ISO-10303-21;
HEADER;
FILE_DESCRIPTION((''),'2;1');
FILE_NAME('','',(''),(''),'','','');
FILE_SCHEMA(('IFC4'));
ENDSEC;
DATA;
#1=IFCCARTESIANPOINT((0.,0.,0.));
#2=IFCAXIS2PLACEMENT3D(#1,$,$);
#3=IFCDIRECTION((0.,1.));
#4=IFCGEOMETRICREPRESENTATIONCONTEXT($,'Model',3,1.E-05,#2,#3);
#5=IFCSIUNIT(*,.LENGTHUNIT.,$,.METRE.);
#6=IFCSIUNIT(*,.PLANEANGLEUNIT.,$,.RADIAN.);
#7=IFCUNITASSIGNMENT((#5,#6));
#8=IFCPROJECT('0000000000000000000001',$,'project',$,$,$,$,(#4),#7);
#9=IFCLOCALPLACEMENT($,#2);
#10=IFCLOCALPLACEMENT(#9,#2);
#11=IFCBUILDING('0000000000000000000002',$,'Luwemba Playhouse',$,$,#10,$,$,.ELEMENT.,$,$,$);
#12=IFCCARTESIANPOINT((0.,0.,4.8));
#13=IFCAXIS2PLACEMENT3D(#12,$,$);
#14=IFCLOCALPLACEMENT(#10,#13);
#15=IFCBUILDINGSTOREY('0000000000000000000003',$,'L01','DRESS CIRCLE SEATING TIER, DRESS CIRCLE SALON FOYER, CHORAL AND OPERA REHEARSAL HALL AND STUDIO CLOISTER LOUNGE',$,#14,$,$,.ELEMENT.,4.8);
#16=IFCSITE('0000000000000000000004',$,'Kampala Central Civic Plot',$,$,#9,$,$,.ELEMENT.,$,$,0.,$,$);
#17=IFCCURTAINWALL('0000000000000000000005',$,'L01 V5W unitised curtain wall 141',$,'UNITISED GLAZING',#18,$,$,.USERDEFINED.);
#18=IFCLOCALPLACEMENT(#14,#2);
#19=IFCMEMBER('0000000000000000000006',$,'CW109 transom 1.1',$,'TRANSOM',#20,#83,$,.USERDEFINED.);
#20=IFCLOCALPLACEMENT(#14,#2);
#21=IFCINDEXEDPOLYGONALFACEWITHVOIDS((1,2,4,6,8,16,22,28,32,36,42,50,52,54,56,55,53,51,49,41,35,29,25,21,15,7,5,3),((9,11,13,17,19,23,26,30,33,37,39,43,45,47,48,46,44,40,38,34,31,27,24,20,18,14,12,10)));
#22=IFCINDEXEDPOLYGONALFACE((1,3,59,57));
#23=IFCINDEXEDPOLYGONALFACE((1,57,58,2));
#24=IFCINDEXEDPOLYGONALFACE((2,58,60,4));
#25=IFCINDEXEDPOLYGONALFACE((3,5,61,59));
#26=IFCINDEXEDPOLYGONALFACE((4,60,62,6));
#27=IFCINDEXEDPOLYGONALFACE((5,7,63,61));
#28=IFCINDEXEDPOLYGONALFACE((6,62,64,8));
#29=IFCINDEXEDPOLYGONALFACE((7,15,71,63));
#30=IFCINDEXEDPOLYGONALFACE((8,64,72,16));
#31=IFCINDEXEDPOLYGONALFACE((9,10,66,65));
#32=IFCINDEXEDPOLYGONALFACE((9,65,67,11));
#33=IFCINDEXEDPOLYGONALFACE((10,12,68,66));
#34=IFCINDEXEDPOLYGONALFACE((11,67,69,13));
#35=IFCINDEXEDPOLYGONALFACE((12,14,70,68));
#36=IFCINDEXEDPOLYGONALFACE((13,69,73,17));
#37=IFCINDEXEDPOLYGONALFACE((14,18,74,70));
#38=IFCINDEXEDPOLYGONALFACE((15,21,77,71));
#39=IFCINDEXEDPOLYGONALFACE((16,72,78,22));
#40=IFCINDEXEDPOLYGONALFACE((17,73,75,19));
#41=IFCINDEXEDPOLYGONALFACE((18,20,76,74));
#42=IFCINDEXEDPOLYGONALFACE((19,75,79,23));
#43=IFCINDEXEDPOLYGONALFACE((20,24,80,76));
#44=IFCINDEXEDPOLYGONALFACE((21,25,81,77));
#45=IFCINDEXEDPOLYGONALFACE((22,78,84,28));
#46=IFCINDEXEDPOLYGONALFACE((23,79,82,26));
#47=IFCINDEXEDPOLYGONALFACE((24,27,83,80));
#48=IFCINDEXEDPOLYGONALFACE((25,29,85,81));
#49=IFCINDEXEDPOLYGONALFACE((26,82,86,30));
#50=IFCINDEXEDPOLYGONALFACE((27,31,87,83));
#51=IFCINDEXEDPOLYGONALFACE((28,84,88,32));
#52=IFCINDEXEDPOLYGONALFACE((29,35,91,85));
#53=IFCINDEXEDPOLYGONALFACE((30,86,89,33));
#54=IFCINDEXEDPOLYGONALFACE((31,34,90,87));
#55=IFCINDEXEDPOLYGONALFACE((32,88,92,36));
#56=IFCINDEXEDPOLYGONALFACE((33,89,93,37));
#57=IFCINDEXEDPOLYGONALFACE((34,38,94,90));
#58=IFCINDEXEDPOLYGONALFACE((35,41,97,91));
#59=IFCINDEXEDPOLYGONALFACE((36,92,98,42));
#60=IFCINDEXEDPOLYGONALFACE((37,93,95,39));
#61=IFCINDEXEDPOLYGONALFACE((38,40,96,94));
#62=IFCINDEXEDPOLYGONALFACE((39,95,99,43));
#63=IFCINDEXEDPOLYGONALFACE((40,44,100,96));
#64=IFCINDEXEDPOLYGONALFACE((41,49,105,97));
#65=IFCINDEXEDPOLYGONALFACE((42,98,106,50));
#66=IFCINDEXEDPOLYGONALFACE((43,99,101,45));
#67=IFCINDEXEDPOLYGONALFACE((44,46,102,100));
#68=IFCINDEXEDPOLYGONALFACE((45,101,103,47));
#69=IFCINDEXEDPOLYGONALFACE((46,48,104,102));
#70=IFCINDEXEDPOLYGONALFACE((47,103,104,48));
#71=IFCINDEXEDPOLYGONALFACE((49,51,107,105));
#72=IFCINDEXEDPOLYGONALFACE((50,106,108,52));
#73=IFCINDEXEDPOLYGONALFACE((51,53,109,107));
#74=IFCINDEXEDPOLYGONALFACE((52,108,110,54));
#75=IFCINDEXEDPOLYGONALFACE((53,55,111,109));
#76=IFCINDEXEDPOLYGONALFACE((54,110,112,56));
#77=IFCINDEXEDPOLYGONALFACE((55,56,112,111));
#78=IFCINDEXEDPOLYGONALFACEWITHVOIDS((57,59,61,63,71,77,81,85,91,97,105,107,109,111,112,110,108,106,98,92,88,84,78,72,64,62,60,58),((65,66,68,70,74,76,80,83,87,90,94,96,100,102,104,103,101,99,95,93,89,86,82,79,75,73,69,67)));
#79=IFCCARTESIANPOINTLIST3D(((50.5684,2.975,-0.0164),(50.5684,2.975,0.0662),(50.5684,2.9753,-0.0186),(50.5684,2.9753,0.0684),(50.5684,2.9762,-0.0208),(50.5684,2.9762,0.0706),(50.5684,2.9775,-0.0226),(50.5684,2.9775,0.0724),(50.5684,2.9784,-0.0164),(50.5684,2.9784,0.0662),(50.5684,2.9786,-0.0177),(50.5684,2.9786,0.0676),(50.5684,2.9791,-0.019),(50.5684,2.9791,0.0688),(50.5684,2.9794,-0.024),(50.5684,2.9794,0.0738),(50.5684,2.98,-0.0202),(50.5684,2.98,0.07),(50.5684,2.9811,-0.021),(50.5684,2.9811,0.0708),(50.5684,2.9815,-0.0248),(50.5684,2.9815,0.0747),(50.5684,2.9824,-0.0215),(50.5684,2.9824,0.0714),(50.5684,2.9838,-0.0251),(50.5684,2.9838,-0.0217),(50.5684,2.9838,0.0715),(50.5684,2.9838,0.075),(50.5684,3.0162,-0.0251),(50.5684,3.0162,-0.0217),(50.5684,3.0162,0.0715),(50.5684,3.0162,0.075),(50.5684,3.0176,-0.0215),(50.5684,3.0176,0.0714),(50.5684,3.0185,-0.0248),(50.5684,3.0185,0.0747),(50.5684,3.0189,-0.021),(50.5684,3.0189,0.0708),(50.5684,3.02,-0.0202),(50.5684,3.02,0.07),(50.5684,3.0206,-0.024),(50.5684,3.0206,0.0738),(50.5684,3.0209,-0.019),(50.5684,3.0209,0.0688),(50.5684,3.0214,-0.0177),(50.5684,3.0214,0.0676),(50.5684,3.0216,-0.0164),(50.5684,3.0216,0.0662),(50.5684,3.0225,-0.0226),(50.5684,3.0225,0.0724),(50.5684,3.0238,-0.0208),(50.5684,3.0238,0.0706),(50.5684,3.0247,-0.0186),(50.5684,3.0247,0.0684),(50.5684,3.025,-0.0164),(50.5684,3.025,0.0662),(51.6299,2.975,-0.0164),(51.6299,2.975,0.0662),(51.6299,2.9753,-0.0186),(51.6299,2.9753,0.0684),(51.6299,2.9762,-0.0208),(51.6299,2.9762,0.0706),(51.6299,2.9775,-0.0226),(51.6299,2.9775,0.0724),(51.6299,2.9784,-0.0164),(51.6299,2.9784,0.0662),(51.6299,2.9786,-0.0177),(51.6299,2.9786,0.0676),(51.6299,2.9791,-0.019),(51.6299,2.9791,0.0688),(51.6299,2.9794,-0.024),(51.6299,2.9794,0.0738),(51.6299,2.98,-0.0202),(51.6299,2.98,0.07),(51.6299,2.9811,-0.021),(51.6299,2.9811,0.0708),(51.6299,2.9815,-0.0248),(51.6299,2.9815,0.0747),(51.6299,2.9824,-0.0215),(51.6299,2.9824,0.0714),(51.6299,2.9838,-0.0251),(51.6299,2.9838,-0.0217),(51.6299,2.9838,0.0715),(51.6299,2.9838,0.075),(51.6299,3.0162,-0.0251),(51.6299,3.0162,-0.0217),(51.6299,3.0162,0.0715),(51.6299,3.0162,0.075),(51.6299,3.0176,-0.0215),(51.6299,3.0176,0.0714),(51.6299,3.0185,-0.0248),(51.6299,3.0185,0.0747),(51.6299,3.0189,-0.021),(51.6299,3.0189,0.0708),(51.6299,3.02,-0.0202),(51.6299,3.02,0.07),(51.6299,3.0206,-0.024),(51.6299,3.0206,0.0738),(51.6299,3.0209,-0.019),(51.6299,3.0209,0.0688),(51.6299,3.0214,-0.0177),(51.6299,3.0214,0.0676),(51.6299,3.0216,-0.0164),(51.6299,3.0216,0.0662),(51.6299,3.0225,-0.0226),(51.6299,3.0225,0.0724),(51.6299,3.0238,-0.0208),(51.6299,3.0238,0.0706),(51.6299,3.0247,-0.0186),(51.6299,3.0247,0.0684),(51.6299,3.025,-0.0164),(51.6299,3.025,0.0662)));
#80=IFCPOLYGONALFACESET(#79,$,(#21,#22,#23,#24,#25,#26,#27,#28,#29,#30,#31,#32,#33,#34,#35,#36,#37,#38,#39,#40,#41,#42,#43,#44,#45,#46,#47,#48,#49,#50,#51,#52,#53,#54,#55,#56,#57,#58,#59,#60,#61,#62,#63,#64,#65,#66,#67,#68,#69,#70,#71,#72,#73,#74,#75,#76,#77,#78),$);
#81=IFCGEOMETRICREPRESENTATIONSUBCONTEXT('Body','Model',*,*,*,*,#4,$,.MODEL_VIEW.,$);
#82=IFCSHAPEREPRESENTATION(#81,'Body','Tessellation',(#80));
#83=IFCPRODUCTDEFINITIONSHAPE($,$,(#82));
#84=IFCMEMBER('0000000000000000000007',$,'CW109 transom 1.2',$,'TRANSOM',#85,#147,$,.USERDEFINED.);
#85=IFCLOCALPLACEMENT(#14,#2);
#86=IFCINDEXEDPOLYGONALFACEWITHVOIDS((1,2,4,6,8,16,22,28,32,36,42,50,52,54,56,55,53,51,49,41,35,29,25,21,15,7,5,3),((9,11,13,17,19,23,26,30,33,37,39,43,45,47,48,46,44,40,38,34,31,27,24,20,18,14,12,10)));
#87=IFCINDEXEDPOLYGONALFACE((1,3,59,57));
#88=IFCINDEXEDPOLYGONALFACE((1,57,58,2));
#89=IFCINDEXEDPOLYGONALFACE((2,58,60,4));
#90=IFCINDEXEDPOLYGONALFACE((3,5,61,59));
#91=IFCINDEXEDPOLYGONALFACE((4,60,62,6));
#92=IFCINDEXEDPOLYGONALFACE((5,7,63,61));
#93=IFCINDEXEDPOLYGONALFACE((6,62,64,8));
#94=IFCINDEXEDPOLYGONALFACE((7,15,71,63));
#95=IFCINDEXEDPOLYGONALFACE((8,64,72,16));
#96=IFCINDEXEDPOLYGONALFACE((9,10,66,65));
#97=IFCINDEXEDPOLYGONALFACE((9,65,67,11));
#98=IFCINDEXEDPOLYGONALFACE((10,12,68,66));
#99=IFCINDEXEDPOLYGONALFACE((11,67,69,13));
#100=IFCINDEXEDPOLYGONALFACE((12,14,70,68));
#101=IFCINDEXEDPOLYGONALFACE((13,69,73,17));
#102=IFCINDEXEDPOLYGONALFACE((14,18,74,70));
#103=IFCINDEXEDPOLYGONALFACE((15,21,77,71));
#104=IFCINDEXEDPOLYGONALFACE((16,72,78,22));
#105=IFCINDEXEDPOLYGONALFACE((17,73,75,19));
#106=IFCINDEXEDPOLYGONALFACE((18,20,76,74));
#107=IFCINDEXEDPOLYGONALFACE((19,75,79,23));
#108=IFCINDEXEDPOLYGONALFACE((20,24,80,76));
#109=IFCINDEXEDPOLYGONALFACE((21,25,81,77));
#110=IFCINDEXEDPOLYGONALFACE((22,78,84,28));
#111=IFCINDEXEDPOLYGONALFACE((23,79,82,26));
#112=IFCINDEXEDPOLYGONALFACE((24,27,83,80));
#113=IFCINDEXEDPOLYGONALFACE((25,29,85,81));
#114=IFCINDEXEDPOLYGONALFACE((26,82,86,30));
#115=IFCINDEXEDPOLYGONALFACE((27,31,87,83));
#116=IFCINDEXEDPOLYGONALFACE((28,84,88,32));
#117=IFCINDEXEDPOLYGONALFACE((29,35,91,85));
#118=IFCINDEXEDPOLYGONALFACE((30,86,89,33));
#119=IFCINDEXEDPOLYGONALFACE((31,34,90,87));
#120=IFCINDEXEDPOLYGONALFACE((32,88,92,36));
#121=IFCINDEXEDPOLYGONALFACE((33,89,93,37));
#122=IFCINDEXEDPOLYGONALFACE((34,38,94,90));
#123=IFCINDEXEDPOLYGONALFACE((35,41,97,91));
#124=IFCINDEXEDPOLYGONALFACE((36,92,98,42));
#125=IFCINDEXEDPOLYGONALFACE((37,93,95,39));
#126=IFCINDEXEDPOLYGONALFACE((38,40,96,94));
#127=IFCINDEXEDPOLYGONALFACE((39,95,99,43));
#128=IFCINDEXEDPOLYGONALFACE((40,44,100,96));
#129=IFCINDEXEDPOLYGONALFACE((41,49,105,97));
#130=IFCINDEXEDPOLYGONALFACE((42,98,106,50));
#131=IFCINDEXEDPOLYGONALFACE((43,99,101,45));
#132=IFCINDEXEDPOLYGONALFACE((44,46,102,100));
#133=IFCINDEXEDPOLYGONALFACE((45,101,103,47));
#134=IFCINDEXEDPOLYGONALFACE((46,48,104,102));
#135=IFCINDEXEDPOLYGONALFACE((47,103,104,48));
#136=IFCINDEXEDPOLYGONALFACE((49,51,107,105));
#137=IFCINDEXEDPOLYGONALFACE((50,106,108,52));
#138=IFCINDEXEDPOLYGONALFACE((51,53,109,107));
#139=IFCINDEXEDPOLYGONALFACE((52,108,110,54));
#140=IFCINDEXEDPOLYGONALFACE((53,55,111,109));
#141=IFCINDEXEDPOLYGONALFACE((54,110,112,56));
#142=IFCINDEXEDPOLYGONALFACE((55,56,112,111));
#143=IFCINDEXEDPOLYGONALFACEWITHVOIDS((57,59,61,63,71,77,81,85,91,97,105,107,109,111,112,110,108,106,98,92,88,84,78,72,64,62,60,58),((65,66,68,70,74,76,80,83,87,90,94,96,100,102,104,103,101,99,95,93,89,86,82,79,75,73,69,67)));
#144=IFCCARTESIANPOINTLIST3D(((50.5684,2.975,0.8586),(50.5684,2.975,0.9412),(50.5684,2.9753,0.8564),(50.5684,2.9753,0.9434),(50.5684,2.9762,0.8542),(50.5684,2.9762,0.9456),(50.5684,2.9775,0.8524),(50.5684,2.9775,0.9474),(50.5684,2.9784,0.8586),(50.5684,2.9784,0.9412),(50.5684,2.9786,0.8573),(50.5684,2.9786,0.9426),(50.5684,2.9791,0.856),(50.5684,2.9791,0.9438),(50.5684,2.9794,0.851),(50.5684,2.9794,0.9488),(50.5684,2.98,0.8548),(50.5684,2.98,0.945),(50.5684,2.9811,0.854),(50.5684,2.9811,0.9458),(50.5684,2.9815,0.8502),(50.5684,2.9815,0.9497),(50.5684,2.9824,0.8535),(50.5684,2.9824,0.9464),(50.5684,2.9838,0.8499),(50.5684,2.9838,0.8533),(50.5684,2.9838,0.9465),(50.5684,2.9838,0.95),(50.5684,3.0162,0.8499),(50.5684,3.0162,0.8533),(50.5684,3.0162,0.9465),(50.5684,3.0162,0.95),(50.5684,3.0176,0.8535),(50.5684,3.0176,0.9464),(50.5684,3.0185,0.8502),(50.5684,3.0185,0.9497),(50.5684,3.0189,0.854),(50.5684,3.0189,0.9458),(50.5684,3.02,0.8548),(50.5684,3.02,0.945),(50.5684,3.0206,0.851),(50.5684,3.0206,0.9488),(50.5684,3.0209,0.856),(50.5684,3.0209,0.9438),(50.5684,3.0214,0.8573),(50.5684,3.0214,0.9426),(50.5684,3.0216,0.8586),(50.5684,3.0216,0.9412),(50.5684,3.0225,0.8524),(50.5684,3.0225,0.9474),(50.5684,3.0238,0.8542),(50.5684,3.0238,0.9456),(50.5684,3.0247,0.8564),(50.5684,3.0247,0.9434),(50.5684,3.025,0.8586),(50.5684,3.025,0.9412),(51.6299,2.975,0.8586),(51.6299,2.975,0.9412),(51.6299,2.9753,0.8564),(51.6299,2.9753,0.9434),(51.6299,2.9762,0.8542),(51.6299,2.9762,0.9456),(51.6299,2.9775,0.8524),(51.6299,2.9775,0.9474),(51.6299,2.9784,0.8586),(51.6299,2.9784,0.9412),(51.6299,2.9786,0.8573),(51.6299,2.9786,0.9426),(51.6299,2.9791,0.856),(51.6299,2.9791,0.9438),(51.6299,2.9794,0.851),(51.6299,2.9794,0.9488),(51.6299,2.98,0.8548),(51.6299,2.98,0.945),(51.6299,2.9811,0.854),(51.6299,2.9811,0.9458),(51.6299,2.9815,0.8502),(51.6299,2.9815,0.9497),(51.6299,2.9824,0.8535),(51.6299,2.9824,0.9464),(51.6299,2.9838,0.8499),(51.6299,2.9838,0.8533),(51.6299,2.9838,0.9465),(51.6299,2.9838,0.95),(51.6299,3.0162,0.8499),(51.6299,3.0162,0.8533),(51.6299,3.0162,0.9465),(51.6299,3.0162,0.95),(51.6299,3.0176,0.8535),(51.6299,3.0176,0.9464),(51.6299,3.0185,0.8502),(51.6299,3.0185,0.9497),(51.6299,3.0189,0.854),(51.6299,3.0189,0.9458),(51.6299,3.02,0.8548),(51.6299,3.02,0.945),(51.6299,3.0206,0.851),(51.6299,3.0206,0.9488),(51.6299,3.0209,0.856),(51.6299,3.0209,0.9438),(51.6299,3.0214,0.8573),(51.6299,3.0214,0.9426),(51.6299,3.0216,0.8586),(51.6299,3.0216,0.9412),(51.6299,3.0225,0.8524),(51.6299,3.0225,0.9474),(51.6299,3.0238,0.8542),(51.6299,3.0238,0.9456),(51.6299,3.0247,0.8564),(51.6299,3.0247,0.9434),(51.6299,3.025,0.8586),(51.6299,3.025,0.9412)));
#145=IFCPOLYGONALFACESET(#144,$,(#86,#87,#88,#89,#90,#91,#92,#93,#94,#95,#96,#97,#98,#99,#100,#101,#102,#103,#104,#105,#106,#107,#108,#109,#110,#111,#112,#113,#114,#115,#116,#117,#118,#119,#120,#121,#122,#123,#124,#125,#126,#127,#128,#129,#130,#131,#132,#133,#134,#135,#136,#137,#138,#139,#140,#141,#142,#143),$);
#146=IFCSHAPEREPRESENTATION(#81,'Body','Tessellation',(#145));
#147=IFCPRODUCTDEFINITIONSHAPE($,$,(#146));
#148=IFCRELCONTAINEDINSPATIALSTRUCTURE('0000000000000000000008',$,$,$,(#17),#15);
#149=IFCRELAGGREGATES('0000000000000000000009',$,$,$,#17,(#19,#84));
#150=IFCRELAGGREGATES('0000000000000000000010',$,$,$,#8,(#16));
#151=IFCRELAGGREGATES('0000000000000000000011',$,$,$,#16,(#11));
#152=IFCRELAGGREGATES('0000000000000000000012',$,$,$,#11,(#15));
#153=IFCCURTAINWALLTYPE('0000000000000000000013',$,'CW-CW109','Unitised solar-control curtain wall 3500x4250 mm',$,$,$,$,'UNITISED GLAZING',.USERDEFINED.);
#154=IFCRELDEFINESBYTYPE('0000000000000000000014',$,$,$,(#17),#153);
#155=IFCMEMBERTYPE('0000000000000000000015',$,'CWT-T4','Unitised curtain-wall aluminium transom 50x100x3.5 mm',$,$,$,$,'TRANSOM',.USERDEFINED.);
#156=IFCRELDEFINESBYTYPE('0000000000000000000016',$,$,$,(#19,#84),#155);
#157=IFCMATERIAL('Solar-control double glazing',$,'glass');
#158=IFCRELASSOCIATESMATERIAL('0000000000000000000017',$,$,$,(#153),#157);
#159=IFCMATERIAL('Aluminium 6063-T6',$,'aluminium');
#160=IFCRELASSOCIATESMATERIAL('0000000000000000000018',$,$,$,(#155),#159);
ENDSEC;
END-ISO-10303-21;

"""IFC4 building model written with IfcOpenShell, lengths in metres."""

from ifc_helpers import new_model, si_unit, direction, frame, origin, origin_2d, place, context, subcontext, project, spatial, hollow_rectangle, extrude, material, material_profile, profile_set, type_object, element, aggregate, save


model = new_model("IFC4")

# Units and contexts
model_context = context("Model", 3, precision=1e-05, world=origin(), true_north=direction((0.0, 1.0)))
body_context = subcontext(model_context, "Body", "Model", "MODEL_VIEW")
ifc_project = project(units=[si_unit("LENGTHUNIT", "METRE"), si_unit("PLANEANGLEUNIT", "RADIAN")], contexts=[model_context])

# Site, building, storey
site_placement = place(None, origin())
site = spatial("IfcSite", under=ifc_project, at=site_placement, Name="Kampala Central Civic Plot", CompositionType="ELEMENT", RefElevation=0.0)
building_placement = place(site_placement, origin())
building = spatial("IfcBuilding", under=site, at=building_placement, Name="Luwemba Playhouse", CompositionType="ELEMENT")
storey_placement = place(building_placement, frame((0.0, 0.0, 4.8)))
storey = spatial("IfcBuildingStorey", under=building, at=storey_placement, Name="L01", Description="DRESS CIRCLE SEATING TIER, DRESS CIRCLE SALON FOYER, CHORAL AND OPERA REHEARSAL HALL AND STUDIO CLOISTER LOUNGE", CompositionType="ELEMENT", Elevation=4.8)

# Shared definitions
ifc_material_1 = material(Name="Solar-control double glazing", Category="glass")
ifc_material_2 = material(Name="Aluminium 6063-T6", Category="aluminium")

# Curtain wall
curtain_wall_type_1 = type_object("IfcCurtainWallType", Name="CW-CW109", Description="Unitised solar-control curtain wall 3500x4250 mm", ElementType="UNITISED GLAZING", PredefinedType="USERDEFINED", material=ifc_material_1)
curtain_wall_1_placement = place(storey_placement, origin())
curtain_wall_1 = element("IfcCurtainWall", 1, at=curtain_wall_1_placement, inside=storey, type_object=curtain_wall_type_1, Name="L01 V5W unitised curtain wall 141", ObjectType="UNITISED GLAZING", PredefinedType="USERDEFINED")

# Members
ifc_material_profile_1 = material_profile(ifc_material_2, hollow_rectangle(XDim=0.05, YDim=0.1001, WallThickness=0.0034, InnerFilletRadius=0.0054, OuterFilletRadius=0.0088, at=origin_2d()))
ifc_profile_set_1 = profile_set([ifc_material_profile_1], Name="Aluminium 6063-T6")
member_type_1 = type_object("IfcMemberType", Name="CWT-T4", Description="Unitised curtain-wall aluminium transom 50x100x3.5 mm", ElementType="TRANSOM", PredefinedType="USERDEFINED", material=ifc_profile_set_1)
member_1_placement = place(storey_placement, frame((51.6299, 3.0, 0.0249), z_axis=(-1.0, 0.0, 0.0), x_axis=(0.0, -1.0, 0.0)))
member_1 = element("IfcMember", 2, at=member_1_placement, type_object=member_type_1, Name="CW109 transom 1.1", ObjectType="TRANSOM", PredefinedType="USERDEFINED", context=body_context, shape_type="SweptSolid", body=[
    extrude(hollow_rectangle(XDim=0.05, YDim=0.1001, WallThickness=0.0034, InnerFilletRadius=0.0054, OuterFilletRadius=0.0088, at=origin_2d()), origin(), (0.0, 0.0, 1.0), 1.0615),
])
member_2_placement = place(storey_placement, frame((51.6299, 3.0, 0.8999), z_axis=(-1.0, 0.0, 0.0), x_axis=(0.0, -1.0, 0.0)))
member_2 = element("IfcMember", 3, at=member_2_placement, type_object=member_type_1, Name="CW109 transom 1.2", ObjectType="TRANSOM", PredefinedType="USERDEFINED", context=body_context, shape_type="SweptSolid", body=[
    extrude(hollow_rectangle(XDim=0.05, YDim=0.1001, WallThickness=0.0034, InnerFilletRadius=0.0054, OuterFilletRadius=0.0088, at=origin_2d()), origin(), (0.0, 0.0, 1.0), 1.0615),
])

aggregate(curtain_wall_1, [member_1, member_2])

save(model, "model.ifc")
